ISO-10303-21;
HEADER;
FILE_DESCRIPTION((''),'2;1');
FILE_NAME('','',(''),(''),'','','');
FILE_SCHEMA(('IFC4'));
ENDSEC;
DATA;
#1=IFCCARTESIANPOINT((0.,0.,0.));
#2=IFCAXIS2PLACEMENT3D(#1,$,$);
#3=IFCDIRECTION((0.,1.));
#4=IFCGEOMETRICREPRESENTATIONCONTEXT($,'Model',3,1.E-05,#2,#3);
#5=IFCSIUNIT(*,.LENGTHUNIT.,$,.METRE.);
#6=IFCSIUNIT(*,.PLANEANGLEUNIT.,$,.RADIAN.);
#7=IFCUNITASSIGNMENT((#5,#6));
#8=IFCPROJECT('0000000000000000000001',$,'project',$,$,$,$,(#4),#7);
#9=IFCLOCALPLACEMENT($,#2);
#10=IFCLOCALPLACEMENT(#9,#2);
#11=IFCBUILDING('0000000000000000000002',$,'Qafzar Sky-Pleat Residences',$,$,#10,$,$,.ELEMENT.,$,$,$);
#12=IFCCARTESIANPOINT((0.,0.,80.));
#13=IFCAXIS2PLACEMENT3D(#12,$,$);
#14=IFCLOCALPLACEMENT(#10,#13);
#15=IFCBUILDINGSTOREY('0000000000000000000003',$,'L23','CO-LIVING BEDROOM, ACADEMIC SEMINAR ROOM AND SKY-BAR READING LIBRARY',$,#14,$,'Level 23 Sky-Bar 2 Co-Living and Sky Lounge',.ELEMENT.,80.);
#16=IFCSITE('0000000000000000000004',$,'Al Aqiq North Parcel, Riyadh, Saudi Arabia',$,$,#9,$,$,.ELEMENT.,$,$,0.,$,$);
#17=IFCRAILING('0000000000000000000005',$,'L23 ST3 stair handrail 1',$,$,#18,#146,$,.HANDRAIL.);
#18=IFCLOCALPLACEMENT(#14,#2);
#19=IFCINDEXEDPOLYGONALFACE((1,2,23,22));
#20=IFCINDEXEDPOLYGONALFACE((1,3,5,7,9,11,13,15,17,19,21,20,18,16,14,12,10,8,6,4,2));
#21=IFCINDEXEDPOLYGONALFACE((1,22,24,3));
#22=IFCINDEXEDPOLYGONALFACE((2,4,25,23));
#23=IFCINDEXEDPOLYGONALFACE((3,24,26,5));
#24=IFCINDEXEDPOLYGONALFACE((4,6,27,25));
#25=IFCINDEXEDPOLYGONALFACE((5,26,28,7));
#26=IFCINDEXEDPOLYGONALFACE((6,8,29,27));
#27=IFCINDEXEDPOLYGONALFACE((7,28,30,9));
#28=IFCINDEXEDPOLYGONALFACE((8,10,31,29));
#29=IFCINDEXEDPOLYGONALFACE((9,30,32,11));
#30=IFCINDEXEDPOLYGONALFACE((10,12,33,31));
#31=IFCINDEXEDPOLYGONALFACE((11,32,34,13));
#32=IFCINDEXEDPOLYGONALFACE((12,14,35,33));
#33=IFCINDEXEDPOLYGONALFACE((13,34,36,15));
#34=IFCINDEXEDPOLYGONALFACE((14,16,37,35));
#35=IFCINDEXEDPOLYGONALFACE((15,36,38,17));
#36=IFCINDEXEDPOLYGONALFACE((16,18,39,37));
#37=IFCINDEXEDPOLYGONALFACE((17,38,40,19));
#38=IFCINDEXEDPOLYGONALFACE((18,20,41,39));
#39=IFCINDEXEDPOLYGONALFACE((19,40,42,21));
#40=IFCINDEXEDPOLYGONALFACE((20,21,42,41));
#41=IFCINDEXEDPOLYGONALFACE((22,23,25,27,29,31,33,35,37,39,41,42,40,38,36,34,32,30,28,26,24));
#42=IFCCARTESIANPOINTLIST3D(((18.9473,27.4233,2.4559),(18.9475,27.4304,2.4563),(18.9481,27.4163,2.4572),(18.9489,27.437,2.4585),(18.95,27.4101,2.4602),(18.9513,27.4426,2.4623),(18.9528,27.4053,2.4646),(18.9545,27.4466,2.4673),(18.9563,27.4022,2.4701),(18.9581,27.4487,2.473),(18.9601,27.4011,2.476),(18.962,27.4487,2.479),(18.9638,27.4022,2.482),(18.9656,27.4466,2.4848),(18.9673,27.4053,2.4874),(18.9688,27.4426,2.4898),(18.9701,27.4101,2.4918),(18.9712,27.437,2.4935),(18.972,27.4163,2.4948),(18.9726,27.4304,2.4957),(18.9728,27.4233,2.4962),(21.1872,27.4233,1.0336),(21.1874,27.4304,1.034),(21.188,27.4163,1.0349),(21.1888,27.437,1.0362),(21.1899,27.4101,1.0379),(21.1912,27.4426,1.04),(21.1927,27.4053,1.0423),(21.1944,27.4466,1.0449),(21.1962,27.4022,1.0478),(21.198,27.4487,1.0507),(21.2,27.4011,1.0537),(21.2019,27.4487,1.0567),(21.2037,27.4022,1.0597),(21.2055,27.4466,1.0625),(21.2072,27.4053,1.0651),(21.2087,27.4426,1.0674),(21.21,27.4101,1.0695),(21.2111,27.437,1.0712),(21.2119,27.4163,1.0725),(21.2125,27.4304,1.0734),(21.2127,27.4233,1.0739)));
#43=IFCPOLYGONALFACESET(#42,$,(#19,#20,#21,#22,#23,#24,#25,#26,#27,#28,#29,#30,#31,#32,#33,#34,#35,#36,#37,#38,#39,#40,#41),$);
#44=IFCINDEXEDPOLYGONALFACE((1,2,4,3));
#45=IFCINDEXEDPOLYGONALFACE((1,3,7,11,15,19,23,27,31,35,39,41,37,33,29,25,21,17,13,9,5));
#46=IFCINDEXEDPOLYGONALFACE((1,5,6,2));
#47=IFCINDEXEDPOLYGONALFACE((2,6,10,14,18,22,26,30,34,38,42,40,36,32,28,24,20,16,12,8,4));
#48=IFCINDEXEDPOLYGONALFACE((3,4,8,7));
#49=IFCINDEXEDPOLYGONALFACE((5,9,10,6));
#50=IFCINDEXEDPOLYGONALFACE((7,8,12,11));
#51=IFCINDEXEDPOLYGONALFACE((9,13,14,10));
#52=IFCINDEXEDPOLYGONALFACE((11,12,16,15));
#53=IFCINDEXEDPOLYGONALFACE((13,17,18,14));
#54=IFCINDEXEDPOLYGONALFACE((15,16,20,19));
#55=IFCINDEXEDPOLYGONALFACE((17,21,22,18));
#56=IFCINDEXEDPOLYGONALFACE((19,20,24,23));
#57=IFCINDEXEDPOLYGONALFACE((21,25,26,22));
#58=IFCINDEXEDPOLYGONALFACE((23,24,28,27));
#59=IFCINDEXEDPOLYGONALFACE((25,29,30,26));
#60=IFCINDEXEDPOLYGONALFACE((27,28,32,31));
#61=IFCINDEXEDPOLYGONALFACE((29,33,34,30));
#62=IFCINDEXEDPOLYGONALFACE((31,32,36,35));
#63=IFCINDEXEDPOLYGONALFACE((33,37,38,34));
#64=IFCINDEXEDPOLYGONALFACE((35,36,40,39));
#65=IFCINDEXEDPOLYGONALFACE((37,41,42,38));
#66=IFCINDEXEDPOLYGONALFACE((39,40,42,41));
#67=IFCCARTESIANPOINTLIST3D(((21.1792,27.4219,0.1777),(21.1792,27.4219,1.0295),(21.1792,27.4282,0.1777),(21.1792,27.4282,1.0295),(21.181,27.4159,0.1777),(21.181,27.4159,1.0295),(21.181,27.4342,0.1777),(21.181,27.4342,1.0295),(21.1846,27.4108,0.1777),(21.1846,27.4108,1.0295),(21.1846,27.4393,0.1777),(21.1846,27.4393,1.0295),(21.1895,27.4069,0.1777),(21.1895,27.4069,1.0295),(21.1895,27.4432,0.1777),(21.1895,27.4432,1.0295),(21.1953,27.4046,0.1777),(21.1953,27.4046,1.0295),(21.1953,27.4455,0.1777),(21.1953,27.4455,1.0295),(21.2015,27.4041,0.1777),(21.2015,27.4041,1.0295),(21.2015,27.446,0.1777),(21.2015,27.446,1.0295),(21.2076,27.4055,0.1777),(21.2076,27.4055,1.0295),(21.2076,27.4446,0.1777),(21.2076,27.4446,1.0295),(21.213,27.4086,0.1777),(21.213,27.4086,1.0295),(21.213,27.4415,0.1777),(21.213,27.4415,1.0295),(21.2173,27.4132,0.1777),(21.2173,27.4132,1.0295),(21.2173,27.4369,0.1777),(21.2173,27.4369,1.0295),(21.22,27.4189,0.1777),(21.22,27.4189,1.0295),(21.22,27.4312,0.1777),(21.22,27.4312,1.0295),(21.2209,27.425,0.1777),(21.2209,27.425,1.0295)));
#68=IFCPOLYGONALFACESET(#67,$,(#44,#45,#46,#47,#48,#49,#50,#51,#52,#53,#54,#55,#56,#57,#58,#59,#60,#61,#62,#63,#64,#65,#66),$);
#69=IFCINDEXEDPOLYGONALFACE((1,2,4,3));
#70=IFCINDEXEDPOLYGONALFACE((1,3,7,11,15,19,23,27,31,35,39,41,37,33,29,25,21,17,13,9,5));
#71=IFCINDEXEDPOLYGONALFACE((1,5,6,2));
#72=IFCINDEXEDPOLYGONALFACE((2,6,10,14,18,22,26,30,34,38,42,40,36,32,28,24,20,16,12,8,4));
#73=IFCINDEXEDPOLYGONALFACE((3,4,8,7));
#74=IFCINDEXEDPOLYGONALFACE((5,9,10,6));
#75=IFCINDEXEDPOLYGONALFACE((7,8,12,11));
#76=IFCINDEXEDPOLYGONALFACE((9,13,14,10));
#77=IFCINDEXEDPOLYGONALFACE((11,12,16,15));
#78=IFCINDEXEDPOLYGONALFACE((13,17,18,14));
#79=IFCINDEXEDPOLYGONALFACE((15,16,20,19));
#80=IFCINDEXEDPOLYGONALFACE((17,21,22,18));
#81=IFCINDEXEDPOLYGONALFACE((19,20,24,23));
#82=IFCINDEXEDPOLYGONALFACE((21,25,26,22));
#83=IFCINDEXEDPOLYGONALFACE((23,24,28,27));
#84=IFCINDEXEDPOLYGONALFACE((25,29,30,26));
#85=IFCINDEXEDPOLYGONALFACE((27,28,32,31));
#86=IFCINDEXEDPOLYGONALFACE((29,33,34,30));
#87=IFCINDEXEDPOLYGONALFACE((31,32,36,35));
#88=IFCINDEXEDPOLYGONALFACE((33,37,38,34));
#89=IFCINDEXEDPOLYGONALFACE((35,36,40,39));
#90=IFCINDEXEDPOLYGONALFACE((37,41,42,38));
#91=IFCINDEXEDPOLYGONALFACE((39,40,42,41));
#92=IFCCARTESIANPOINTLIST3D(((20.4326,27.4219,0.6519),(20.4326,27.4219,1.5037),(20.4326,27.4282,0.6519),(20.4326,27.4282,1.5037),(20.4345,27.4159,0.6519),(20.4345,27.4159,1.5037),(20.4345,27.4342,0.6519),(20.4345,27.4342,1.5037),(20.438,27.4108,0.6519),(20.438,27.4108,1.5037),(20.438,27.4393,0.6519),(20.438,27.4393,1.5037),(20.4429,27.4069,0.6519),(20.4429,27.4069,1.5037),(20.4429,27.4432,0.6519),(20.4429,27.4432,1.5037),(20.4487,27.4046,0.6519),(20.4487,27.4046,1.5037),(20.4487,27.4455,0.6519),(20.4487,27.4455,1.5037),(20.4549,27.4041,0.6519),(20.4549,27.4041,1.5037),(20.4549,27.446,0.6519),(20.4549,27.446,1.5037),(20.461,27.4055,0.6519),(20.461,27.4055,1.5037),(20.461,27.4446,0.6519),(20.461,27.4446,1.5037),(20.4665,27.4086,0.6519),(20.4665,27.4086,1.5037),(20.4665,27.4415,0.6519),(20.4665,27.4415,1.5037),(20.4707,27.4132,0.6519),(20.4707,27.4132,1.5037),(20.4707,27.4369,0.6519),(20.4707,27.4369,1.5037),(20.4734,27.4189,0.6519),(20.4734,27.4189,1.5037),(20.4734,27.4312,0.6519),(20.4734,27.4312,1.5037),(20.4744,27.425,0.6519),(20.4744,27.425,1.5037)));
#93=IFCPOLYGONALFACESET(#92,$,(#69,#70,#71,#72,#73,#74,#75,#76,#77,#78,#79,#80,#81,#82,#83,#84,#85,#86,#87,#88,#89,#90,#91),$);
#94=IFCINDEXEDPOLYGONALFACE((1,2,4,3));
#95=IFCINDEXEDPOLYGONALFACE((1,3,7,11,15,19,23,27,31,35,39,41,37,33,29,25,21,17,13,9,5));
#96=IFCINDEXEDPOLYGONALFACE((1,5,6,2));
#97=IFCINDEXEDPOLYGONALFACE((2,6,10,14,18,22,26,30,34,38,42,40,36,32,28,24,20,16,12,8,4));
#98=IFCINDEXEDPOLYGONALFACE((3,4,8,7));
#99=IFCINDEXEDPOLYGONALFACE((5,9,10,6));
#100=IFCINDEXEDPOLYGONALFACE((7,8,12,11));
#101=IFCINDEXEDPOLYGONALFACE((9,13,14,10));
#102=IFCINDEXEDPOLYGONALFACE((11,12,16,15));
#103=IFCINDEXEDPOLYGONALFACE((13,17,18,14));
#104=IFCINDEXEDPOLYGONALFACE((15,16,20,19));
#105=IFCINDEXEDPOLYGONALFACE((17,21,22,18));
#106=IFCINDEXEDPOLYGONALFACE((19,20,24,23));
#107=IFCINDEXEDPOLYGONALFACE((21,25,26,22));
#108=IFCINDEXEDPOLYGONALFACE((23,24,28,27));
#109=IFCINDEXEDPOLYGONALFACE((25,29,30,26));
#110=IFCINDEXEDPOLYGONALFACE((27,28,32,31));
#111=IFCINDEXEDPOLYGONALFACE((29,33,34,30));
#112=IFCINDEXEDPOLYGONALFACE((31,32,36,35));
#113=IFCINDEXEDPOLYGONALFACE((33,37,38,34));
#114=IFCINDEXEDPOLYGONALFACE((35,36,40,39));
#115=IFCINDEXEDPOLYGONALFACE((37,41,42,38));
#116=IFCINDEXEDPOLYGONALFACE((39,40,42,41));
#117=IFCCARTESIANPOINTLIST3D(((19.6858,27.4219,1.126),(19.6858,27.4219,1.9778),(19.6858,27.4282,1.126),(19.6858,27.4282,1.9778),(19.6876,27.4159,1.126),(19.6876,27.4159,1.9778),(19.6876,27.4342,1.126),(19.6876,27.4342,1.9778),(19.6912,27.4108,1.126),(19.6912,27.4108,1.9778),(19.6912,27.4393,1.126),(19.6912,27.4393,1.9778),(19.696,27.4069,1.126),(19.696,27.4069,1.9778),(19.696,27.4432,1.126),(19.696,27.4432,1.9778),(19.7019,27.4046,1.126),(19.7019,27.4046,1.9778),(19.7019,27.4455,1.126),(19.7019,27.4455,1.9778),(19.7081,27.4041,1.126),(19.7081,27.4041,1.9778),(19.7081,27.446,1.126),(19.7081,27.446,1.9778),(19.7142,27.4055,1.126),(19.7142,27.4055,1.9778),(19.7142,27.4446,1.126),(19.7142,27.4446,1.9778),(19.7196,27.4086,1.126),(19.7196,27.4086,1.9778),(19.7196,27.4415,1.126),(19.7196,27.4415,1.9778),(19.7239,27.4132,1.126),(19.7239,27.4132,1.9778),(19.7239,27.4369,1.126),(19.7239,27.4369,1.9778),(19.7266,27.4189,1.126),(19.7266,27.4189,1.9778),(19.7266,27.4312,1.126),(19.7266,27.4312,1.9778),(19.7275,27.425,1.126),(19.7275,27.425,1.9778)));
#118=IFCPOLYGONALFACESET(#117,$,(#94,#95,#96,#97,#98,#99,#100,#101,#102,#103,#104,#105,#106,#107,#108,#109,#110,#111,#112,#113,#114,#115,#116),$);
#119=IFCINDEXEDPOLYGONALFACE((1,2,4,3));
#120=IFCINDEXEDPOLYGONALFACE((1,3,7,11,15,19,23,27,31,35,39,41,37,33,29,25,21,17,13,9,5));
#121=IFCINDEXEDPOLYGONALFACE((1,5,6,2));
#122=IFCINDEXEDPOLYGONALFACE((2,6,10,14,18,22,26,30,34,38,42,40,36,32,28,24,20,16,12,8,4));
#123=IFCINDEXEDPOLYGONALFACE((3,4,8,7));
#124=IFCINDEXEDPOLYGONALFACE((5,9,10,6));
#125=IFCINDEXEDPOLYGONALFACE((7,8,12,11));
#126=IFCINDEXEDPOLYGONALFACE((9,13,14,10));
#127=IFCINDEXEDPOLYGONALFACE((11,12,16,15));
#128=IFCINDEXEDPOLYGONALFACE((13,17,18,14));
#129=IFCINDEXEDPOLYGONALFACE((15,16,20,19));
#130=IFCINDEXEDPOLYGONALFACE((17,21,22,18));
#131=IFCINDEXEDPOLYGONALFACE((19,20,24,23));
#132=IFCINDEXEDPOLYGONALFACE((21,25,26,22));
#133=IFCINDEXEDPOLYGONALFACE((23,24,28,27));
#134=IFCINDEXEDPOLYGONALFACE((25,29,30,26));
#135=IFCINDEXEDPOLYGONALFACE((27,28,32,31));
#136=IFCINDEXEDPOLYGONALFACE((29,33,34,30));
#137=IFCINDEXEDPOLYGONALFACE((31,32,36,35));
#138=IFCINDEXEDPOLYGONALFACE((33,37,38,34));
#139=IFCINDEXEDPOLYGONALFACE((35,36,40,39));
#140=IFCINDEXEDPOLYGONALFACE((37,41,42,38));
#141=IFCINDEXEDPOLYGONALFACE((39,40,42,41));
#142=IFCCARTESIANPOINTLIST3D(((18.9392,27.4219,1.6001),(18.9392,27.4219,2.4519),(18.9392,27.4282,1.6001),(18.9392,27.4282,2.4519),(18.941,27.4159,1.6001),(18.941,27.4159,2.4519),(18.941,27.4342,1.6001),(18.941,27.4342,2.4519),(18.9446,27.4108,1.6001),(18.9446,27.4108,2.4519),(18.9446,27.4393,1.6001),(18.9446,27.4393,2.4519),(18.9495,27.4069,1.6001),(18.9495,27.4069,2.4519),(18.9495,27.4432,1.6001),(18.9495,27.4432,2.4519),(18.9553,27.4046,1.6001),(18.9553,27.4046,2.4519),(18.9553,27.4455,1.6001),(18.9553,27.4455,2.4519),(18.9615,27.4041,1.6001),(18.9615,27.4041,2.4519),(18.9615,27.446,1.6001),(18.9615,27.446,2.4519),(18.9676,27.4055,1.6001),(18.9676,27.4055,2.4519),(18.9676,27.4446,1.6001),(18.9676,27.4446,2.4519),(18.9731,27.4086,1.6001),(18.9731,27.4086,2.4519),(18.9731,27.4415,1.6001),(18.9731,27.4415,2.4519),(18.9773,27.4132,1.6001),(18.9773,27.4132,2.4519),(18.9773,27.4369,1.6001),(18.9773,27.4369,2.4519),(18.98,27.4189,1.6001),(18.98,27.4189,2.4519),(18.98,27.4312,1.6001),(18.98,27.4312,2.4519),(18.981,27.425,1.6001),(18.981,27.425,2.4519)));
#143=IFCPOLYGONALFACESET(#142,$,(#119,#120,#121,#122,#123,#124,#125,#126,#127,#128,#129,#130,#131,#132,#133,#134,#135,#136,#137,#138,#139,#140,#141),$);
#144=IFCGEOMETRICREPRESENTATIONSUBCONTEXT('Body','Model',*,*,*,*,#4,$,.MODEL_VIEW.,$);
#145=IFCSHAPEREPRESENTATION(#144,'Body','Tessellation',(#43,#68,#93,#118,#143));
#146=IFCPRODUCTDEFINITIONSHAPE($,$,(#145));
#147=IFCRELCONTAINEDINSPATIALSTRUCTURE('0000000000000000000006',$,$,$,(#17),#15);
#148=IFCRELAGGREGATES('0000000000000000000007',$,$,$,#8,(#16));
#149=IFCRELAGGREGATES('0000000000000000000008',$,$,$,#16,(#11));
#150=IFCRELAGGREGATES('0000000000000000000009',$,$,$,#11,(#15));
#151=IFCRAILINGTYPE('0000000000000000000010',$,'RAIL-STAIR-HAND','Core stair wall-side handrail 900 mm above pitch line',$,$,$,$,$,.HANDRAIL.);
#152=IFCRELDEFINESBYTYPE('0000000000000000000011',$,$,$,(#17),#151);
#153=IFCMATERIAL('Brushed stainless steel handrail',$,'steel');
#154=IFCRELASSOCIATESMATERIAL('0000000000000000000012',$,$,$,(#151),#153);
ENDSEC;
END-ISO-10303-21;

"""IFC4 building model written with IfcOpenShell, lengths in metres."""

from ifc_helpers import new_model, si_unit, direction, frame, origin, origin_2d, place, context, subcontext, project, spatial, circle, extrude, source, transform, mapped, material, type_object, element, save


model = new_model("IFC4")

# Units and contexts
model_context = context("Model", 3, precision=1e-05, world=origin(), true_north=direction((0.0, 1.0)))
body_context = subcontext(model_context, "Body", "Model", "MODEL_VIEW")
ifc_project = project(units=[si_unit("LENGTHUNIT", "METRE"), si_unit("PLANEANGLEUNIT", "RADIAN")], contexts=[model_context])

# Site, building, storey
site_placement = place(None, origin())
site = spatial("IfcSite", under=ifc_project, at=site_placement, Name="Al Aqiq North Parcel, Riyadh, Saudi Arabia", CompositionType="ELEMENT", RefElevation=0.0)
building_placement = place(site_placement, origin())
building = spatial("IfcBuilding", under=site, at=building_placement, Name="Qafzar Sky-Pleat Residences", CompositionType="ELEMENT")
storey_placement = place(building_placement, frame((0.0, 0.0, 80.0)))
storey = spatial("IfcBuildingStorey", under=building, at=storey_placement, Name="L23", Description="CO-LIVING BEDROOM, ACADEMIC SEMINAR ROOM AND SKY-BAR READING LIBRARY", LongName="Level 23 Sky-Bar 2 Co-Living and Sky Lounge", CompositionType="ELEMENT", Elevation=80.0)

# Railing
ifc_material_1 = material(Name="Brushed stainless steel handrail", Category="steel")
railing_type_1 = type_object("IfcRailingType", Name="RAIL-STAIR-HAND", Description="Core stair wall-side handrail 900 mm above pitch line", PredefinedType="HANDRAIL", material=ifc_material_1)
shared_shape_1 = source(origin(), body_context, "Body", "SweptSolid", [
    extrude(circle(Radius=0.0239, at=origin_2d()), frame((0.0, 0.0, 0.876), z_axis=(-0.844188, 0.0, 0.536048), x_axis=(0.0, -1.0, 0.0)), (0.0, 0.0, 1.0), 2.6533),
    extrude(circle(Radius=0.021, at=origin_2d()), origin(), (0.0, 0.0, 1.0), 0.8518),
    extrude(circle(Radius=0.021, at=origin_2d()), frame((-0.7466, 0.0, 0.4741)), (0.0, 0.0, 1.0), 0.8518),
    extrude(circle(Radius=0.021, at=origin_2d()), frame((-1.4934, 0.0, 0.9482)), (0.0, 0.0, 1.0), 0.8518),
    extrude(circle(Radius=0.021, at=origin_2d()), frame((-2.24, 0.0, 1.4224)), (0.0, 0.0, 1.0), 0.8518),
])
railing_1_placement = place(storey_placement, frame((21.2, 27.425, 0.1777)))
element("IfcRailing", 1, at=railing_1_placement, inside=storey, type_object=railing_type_1, Name="L23 ST3 stair handrail 1", PredefinedType="HANDRAIL", context=body_context, shape_type="MappedRepresentation", body=[
    mapped(shared_shape_1, transform((0.0, 0.0, 0.0), x_axis=(1.0, 0.0, 0.0), y_axis=(0.0, 1.0, 0.0), z_axis=(0.0, 0.0, 1.0), scale=1.0)),
])

save(model, "model.ifc")
